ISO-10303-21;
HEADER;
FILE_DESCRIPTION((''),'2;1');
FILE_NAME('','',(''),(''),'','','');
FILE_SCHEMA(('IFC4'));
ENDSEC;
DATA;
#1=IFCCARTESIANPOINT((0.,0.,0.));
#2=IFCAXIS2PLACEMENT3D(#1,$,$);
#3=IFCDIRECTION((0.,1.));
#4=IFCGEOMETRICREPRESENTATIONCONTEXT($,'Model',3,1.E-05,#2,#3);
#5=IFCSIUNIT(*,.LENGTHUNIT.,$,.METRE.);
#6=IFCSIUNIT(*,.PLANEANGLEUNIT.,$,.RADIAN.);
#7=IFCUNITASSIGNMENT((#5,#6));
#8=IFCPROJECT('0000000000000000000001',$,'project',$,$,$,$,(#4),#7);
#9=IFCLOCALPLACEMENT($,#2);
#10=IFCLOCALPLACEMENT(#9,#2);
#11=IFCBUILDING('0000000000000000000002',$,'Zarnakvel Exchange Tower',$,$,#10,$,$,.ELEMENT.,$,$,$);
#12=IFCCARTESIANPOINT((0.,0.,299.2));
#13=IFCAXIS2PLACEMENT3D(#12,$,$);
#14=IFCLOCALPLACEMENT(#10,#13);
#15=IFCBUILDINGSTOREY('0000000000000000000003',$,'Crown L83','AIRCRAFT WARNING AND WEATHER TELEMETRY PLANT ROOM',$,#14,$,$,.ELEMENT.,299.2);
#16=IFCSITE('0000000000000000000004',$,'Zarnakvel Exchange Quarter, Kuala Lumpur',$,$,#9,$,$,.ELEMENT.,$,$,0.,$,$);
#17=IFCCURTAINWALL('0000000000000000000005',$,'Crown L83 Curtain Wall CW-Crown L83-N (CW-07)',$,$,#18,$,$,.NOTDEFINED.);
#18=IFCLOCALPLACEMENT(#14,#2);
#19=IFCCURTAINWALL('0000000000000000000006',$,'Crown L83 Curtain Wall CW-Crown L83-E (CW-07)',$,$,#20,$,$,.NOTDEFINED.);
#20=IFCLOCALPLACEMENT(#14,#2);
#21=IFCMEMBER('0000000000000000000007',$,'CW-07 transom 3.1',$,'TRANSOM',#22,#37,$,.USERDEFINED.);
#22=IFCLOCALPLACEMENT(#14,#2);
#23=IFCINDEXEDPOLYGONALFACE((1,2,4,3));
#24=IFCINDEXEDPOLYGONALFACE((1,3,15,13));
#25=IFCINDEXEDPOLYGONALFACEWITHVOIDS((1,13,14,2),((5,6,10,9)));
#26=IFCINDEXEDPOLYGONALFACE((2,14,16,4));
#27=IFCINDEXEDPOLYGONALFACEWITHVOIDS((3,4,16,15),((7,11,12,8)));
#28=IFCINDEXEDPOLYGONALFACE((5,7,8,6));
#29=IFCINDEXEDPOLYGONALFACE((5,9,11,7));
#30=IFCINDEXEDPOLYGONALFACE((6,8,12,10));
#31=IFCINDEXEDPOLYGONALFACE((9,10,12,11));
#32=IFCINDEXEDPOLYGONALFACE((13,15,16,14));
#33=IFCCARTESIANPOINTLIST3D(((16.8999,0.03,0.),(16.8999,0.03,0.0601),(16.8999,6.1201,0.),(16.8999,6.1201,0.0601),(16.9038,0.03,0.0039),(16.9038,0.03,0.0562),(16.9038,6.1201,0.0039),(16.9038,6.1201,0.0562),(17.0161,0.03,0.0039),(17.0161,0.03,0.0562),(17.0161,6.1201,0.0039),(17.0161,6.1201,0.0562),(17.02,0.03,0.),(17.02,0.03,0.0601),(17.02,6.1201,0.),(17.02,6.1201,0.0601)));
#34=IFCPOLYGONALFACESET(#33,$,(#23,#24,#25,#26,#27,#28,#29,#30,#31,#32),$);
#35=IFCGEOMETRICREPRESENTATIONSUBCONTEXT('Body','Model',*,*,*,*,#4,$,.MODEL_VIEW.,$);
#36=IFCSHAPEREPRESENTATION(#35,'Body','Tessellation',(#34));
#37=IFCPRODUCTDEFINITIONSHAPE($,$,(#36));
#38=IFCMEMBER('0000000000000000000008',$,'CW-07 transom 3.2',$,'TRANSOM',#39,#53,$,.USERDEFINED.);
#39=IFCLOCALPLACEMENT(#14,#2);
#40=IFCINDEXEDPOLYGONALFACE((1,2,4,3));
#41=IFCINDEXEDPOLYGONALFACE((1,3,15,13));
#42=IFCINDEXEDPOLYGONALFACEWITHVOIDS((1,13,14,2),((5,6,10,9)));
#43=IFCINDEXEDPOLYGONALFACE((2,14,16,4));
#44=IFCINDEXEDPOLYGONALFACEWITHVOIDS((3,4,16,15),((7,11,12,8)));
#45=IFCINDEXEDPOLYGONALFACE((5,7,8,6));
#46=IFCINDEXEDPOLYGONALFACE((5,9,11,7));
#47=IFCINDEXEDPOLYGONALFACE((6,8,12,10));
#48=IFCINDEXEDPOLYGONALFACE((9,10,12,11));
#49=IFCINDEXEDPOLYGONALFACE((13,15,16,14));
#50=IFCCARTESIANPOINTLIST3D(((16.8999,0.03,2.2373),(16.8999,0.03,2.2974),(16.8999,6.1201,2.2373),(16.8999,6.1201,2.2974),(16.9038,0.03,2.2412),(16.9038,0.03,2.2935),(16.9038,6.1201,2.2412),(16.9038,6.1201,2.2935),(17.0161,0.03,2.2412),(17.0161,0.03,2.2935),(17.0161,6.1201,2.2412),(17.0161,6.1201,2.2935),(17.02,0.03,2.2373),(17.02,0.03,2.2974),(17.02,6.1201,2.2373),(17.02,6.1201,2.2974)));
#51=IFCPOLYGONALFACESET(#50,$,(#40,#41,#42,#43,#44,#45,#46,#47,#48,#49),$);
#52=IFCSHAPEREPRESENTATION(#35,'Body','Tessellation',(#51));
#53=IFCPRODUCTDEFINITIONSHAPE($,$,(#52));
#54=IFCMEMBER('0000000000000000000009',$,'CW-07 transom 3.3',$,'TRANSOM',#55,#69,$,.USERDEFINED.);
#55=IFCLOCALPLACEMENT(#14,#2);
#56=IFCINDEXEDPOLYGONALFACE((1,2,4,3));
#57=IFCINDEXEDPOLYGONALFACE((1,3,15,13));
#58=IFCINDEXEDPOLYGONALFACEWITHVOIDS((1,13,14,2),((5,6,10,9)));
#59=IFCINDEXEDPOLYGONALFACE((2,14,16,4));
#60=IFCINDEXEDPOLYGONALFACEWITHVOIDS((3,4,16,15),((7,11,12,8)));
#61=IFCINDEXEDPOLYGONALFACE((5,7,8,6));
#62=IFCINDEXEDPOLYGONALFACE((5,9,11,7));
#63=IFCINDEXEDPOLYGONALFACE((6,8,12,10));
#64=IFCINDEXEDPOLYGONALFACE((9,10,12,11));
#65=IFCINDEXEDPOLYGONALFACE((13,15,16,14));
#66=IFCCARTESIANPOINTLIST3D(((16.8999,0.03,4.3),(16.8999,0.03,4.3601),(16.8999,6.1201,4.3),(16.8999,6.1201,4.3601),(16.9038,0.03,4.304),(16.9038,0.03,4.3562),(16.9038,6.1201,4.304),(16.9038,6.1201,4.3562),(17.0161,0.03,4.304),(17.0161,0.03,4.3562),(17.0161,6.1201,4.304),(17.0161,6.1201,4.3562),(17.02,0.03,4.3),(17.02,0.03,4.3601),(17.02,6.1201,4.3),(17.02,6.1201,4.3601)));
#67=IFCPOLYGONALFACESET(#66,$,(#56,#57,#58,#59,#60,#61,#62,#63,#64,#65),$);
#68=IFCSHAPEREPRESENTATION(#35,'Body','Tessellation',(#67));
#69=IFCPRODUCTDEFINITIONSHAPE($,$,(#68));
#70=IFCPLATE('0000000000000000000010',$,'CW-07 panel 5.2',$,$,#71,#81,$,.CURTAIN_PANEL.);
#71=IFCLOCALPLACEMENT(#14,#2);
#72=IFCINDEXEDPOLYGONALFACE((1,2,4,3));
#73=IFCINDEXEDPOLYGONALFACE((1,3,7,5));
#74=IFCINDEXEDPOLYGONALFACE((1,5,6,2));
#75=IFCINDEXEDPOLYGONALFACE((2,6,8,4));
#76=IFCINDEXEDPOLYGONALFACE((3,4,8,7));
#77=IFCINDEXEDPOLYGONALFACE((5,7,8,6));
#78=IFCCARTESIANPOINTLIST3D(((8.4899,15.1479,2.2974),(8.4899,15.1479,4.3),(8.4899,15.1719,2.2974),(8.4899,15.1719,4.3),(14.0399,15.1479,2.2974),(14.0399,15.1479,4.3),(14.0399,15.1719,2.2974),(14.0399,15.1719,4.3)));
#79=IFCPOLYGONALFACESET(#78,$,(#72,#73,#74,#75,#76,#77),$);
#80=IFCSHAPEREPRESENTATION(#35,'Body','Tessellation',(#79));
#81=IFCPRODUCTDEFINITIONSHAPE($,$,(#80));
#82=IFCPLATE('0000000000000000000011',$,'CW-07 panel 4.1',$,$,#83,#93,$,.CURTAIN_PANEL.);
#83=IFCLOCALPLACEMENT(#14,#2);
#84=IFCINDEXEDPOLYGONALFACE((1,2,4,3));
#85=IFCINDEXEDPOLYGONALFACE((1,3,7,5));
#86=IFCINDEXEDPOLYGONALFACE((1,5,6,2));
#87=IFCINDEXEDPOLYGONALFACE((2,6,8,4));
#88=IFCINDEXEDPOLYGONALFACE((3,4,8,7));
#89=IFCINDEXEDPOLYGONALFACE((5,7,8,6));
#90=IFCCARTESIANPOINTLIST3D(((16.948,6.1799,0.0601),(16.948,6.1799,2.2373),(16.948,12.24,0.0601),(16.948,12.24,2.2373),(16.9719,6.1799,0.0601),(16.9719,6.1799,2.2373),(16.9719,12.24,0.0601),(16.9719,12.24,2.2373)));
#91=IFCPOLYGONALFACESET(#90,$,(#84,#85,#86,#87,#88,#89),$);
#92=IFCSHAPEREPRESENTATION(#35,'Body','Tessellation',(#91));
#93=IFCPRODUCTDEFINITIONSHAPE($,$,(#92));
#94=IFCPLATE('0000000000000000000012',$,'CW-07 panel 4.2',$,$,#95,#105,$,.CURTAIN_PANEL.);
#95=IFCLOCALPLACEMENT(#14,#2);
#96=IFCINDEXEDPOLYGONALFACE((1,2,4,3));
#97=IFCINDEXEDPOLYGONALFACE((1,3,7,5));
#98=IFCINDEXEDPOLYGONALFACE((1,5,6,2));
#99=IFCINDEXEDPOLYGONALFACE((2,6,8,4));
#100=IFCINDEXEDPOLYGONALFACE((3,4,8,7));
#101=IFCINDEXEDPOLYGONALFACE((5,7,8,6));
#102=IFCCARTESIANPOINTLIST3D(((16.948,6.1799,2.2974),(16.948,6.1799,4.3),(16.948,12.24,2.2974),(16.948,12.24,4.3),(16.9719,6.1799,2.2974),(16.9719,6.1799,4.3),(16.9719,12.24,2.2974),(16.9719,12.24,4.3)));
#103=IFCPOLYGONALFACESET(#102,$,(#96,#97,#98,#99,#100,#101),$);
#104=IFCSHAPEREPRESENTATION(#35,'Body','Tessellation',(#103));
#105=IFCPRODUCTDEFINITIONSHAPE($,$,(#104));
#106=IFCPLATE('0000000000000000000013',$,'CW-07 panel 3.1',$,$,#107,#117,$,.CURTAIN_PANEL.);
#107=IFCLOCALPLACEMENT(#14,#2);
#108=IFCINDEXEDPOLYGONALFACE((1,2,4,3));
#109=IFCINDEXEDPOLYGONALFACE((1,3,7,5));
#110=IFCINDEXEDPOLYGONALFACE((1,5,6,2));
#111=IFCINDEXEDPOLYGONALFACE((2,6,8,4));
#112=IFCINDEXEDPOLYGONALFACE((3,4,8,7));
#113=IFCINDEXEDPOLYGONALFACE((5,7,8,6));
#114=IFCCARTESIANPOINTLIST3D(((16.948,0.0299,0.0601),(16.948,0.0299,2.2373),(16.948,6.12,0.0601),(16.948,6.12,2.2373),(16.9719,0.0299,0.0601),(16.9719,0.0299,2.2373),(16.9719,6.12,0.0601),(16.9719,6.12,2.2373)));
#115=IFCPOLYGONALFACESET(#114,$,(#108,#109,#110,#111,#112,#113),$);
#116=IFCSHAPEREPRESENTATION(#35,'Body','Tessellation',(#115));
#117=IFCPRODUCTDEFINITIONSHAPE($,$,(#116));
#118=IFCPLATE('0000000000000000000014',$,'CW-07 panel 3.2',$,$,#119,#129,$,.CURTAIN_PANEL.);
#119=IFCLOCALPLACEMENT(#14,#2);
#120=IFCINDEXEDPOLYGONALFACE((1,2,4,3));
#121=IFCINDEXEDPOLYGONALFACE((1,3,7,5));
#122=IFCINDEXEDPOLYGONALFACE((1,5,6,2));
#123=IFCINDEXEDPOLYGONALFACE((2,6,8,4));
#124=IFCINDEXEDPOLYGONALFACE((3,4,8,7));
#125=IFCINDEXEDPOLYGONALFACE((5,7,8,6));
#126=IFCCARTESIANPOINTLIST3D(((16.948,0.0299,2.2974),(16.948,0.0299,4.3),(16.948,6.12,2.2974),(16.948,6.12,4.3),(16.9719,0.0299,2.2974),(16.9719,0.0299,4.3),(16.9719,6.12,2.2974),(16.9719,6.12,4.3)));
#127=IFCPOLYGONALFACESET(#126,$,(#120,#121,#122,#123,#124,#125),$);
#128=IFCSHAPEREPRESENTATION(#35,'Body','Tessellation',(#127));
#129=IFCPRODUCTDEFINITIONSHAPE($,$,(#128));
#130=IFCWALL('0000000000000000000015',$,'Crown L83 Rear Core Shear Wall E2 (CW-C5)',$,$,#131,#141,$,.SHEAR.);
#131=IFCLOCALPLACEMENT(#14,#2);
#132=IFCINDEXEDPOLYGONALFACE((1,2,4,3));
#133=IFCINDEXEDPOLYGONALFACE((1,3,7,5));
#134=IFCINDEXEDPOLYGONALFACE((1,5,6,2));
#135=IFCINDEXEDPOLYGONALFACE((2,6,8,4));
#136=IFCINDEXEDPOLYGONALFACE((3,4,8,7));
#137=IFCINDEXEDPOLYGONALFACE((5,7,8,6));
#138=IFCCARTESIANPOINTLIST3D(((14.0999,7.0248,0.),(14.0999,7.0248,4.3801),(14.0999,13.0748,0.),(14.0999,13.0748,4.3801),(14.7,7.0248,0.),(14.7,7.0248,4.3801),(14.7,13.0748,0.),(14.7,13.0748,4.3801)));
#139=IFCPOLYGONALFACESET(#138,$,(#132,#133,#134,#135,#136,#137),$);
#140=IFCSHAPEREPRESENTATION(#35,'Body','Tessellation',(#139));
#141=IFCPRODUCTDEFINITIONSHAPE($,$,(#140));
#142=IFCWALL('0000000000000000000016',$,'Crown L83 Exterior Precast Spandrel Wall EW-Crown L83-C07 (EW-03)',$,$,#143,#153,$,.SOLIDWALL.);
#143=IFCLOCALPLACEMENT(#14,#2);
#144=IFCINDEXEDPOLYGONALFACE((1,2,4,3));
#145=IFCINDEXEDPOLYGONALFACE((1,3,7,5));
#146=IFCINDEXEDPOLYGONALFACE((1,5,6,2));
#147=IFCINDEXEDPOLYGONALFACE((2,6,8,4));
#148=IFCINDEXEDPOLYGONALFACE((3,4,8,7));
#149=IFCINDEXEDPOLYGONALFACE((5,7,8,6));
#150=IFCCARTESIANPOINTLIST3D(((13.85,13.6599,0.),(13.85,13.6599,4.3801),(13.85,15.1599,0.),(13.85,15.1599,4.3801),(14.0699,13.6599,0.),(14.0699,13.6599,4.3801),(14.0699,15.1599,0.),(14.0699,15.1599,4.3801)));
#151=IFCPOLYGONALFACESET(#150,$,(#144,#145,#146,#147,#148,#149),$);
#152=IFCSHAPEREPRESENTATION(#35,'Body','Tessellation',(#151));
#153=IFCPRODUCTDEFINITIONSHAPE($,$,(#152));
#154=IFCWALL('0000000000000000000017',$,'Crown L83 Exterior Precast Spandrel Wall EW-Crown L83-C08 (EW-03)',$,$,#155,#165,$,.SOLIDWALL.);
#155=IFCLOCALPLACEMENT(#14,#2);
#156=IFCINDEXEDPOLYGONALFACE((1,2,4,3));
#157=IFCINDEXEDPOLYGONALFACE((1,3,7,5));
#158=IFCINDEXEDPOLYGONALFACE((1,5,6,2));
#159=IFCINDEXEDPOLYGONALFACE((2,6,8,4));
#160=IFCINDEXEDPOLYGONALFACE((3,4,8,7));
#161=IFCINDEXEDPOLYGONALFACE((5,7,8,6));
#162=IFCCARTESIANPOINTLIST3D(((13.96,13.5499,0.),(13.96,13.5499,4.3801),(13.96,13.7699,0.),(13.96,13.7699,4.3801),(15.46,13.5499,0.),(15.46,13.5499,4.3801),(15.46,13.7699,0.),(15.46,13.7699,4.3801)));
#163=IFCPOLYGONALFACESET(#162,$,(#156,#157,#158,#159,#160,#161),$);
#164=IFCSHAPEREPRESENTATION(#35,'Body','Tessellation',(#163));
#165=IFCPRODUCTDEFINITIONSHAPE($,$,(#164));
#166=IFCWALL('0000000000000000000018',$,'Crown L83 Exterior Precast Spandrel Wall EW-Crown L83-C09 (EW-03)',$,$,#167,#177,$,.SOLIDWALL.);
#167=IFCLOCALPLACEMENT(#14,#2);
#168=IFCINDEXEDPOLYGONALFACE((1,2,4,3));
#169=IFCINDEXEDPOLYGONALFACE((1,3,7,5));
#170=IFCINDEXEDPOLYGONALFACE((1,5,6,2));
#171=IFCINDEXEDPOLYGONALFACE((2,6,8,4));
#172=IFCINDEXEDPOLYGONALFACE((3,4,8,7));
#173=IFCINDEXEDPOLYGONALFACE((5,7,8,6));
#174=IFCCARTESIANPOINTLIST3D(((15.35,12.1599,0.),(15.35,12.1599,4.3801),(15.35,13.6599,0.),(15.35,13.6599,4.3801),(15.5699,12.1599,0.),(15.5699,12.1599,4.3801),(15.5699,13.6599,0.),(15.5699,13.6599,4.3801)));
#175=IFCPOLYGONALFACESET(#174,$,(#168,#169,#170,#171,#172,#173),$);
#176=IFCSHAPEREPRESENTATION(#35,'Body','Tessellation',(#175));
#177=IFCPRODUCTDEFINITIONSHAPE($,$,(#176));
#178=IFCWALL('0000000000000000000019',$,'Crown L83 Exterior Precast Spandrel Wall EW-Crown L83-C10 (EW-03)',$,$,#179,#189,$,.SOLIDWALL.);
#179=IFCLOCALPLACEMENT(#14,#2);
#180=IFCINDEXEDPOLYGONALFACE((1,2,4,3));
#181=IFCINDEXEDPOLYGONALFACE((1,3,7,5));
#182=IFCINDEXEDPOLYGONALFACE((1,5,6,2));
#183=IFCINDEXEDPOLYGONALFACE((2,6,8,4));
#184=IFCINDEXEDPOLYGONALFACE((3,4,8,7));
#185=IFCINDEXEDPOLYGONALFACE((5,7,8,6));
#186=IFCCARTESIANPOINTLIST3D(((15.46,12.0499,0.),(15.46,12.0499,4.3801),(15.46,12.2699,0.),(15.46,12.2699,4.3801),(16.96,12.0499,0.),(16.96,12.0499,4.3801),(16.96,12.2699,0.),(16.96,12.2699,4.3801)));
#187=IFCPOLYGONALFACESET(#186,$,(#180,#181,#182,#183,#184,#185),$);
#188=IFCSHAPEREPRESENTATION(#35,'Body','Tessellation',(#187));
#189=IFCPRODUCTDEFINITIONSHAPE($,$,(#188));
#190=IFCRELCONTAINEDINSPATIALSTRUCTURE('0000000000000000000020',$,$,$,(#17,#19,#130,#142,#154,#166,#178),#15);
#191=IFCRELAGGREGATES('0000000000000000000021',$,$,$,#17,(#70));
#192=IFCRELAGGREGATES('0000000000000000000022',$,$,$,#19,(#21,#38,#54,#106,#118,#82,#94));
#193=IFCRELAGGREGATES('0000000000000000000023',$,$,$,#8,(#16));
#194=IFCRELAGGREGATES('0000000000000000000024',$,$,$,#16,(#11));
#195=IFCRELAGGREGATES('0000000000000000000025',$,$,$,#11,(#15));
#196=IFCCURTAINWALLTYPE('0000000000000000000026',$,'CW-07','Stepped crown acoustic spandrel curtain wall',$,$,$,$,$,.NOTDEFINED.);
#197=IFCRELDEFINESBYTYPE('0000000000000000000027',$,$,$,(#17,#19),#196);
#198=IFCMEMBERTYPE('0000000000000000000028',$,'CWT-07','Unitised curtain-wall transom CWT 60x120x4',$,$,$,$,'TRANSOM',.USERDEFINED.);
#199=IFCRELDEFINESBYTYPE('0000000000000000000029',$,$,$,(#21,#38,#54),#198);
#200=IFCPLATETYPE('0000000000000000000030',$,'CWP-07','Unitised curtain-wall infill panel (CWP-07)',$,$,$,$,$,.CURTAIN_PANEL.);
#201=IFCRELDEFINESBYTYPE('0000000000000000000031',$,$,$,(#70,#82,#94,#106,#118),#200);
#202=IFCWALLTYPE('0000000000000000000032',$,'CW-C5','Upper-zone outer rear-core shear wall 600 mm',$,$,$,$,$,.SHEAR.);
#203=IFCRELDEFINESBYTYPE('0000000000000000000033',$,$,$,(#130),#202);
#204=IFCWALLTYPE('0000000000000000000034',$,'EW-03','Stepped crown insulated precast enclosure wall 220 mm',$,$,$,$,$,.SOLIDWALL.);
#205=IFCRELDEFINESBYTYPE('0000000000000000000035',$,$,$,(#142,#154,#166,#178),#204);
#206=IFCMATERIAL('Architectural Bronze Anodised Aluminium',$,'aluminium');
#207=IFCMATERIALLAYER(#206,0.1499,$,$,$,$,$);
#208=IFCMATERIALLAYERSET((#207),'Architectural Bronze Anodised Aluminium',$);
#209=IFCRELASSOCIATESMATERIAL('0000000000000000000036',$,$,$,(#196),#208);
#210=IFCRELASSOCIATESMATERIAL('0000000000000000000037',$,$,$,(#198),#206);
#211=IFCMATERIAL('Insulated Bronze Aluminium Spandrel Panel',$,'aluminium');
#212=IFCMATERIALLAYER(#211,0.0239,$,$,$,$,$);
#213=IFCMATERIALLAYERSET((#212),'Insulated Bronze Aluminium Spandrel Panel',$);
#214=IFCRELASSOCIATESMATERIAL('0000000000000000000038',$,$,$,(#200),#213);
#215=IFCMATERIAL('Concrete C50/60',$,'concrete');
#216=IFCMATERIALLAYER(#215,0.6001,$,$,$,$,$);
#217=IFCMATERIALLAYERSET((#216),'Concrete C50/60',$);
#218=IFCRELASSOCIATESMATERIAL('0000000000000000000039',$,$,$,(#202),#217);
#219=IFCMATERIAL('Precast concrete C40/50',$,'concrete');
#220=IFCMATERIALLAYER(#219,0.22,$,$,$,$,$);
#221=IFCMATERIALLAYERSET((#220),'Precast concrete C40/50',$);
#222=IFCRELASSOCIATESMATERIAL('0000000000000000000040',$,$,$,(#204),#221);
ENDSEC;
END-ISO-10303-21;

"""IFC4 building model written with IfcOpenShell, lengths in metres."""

from ifc_helpers import new_model, si_unit, direction, frame, frame_2d, origin, origin_2d, place, context, subcontext, project, spatial, rectangle, hollow_rectangle, extrude, source, transform, mapped, material, layer, layer_set, material_profile, profile_set, type_object, element, aggregate, save


model = new_model("IFC4")

# Units and contexts
model_context = context("Model", 3, precision=1e-05, world=origin(), true_north=direction((0.0, 1.0)))
body_context = subcontext(model_context, "Body", "Model", "MODEL_VIEW")
ifc_project = project(units=[si_unit("LENGTHUNIT", "METRE"), si_unit("PLANEANGLEUNIT", "RADIAN")], contexts=[model_context])

# Site, building, storey
site_placement = place(None, origin())
site = spatial("IfcSite", under=ifc_project, at=site_placement, Name="Zarnakvel Exchange Quarter, Kuala Lumpur", CompositionType="ELEMENT", RefElevation=0.0)
building_placement = place(site_placement, origin())
building = spatial("IfcBuilding", under=site, at=building_placement, Name="Zarnakvel Exchange Tower", CompositionType="ELEMENT")
storey_placement = place(building_placement, frame((0.0, 0.0, 299.2)))
storey = spatial("IfcBuildingStorey", under=building, at=storey_placement, Name="Crown L83", Description="AIRCRAFT WARNING AND WEATHER TELEMETRY PLANT ROOM", CompositionType="ELEMENT", Elevation=299.2)

# Shared definitions
ifc_material_1 = material(Name="Concrete C50/60", Category="concrete")

# Curtain wall
ifc_material_2 = material(Name="Architectural Bronze Anodised Aluminium", Category="aluminium")
ifc_layer_1 = layer(ifc_material_2, 0.1499)
ifc_layer_set_1 = layer_set([ifc_layer_1], Name="Architectural Bronze Anodised Aluminium")
curtain_wall_type = type_object("IfcCurtainWallType", Name="CW-07", Description="Stepped crown acoustic spandrel curtain wall", PredefinedType="NOTDEFINED", material=ifc_layer_set_1)
curtain_wall_1_placement = place(storey_placement, origin())
curtain_wall_1 = element("IfcCurtainWall", 1, at=curtain_wall_1_placement, inside=storey, type_object=curtain_wall_type, Name="Crown L83 Curtain Wall CW-Crown L83-N (CW-07)", PredefinedType="NOTDEFINED")

# Curtain wall, members
curtain_wall_2_placement = place(storey_placement, origin())
curtain_wall_2 = element("IfcCurtainWall", 2, at=curtain_wall_2_placement, inside=storey, type_object=curtain_wall_type, Name="Crown L83 Curtain Wall CW-Crown L83-E (CW-07)", PredefinedType="NOTDEFINED")
ifc_material_profile_1 = material_profile(ifc_material_2, hollow_rectangle(XDim=0.1201, YDim=0.0601, WallThickness=0.0039, at=origin_2d()))
ifc_profile_set_1 = profile_set([ifc_material_profile_1], Name="Architectural Bronze Anodised Aluminium")
member_type_1 = type_object("IfcMemberType", Name="CWT-07", Description="Unitised curtain-wall transom CWT 60x120x4", ElementType="TRANSOM", PredefinedType="USERDEFINED", material=ifc_profile_set_1)
shared_shape_1 = source(origin(), body_context, "Body", "SweptSolid", [
    extrude(hollow_rectangle(XDim=0.1201, YDim=0.0601, WallThickness=0.0039, at=origin_2d()), origin(), (0.0, 0.0, 1.0), 6.0901),
])
member_1_placement = place(storey_placement, frame((16.96, 0.03, 0.03), z_axis=(0.0, 1.0, 0.0), x_axis=(-1.0, 0.0, 0.0)))
member_1 = element("IfcMember", 3, at=member_1_placement, type_object=member_type_1, Name="CW-07 transom 3.1", ObjectType="TRANSOM", PredefinedType="USERDEFINED", context=body_context, shape_type="MappedRepresentation", body=[
    mapped(shared_shape_1, transform((0.0, 0.0, 0.0), x_axis=(1.0, 0.0, 0.0), y_axis=(0.0, 1.0, 0.0), z_axis=(0.0, 0.0, 1.0), scale=1.0)),
])
member_2_placement = place(storey_placement, frame((16.96, 0.03, 2.2673), z_axis=(0.0, 1.0, 0.0), x_axis=(-1.0, 0.0, 0.0)))
member_2 = element("IfcMember", 4, at=member_2_placement, type_object=member_type_1, Name="CW-07 transom 3.2", ObjectType="TRANSOM", PredefinedType="USERDEFINED", context=body_context, shape_type="MappedRepresentation", body=[
    mapped(shared_shape_1, transform((0.0, 0.0, 0.0), x_axis=(1.0, 0.0, 0.0), y_axis=(0.0, 1.0, 0.0), z_axis=(0.0, 0.0, 1.0), scale=1.0)),
])
member_3_placement = place(storey_placement, frame((16.96, 0.03, 4.3301), z_axis=(0.0, 1.0, 0.0), x_axis=(-1.0, 0.0, 0.0)))
member_3 = element("IfcMember", 5, at=member_3_placement, type_object=member_type_1, Name="CW-07 transom 3.3", ObjectType="TRANSOM", PredefinedType="USERDEFINED", context=body_context, shape_type="MappedRepresentation", body=[
    mapped(shared_shape_1, transform((0.0, 0.0, 0.0), x_axis=(1.0, 0.0, 0.0), y_axis=(0.0, 1.0, 0.0), z_axis=(0.0, 0.0, 1.0), scale=1.0)),
])

# Plates
ifc_material_3 = material(Name="Insulated Bronze Aluminium Spandrel Panel", Category="aluminium")
ifc_layer_2 = layer(ifc_material_3, 0.0239)
ifc_layer_set_2 = layer_set([ifc_layer_2], Name="Insulated Bronze Aluminium Spandrel Panel")
plate_type = type_object("IfcPlateType", Name="CWP-07", Description="Unitised curtain-wall infill panel (CWP-07)", PredefinedType="CURTAIN_PANEL", material=ifc_layer_set_2)
shared_shape_2 = source(origin(), body_context, "Body", "SweptSolid", [
    extrude(rectangle(XDim=5.55, YDim=0.0239, at=origin_2d()), origin(), (0.0, 0.0, 1.0), 2.0027),
])
plate_1_placement = place(storey_placement, frame((11.2649, 15.1599, 2.2974), z_axis=(0.0, 0.0, 1.0), x_axis=(1.0, 0.0, 0.0)))
plate_1 = element("IfcPlate", 6, at=plate_1_placement, type_object=plate_type, Name="CW-07 panel 5.2", PredefinedType="CURTAIN_PANEL", context=body_context, shape_type="MappedRepresentation", body=[
    mapped(shared_shape_2, transform((0.0, 0.0, 0.0), x_axis=(1.0, 0.0, 0.0), y_axis=(0.0, 1.0, 0.0), z_axis=(0.0, 0.0, 1.0), scale=1.0)),
])
aggregate(curtain_wall_1, [plate_1])
shared_shape_3 = source(origin(), body_context, "Body", "SweptSolid", [
    extrude(rectangle(XDim=6.0601, YDim=0.0239, at=origin_2d()), origin(), (0.0, 0.0, 1.0), 2.1772),
])
plate_2_placement = place(storey_placement, frame((16.96, 9.21, 0.0601), z_axis=(0.0, 0.0, 1.0), x_axis=(0.0, 1.0, 0.0)))
plate_2 = element("IfcPlate", 7, at=plate_2_placement, type_object=plate_type, Name="CW-07 panel 4.1", PredefinedType="CURTAIN_PANEL", context=body_context, shape_type="MappedRepresentation", body=[
    mapped(shared_shape_3, transform((0.0, 0.0, 0.0), x_axis=(1.0, 0.0, 0.0), y_axis=(0.0, 1.0, 0.0), z_axis=(0.0, 0.0, 1.0), scale=1.0)),
])
shared_shape_4 = source(origin(), body_context, "Body", "SweptSolid", [
    extrude(rectangle(XDim=6.0601, YDim=0.0239, at=origin_2d()), origin(), (0.0, 0.0, 1.0), 2.0027),
])
plate_3_placement = place(storey_placement, frame((16.96, 9.21, 2.2974), z_axis=(0.0, 0.0, 1.0), x_axis=(0.0, 1.0, 0.0)))
plate_3 = element("IfcPlate", 8, at=plate_3_placement, type_object=plate_type, Name="CW-07 panel 4.2", PredefinedType="CURTAIN_PANEL", context=body_context, shape_type="MappedRepresentation", body=[
    mapped(shared_shape_4, transform((0.0, 0.0, 0.0), x_axis=(1.0, 0.0, 0.0), y_axis=(0.0, 1.0, 0.0), z_axis=(0.0, 0.0, 1.0), scale=1.0)),
])
shared_shape_5 = source(origin(), body_context, "Body", "SweptSolid", [
    extrude(rectangle(XDim=6.0901, YDim=0.0239, at=origin_2d()), origin(), (0.0, 0.0, 1.0), 2.1772),
])
plate_4_placement = place(storey_placement, frame((16.96, 3.075, 0.0601), z_axis=(0.0, 0.0, 1.0), x_axis=(0.0, 1.0, 0.0)))
plate_4 = element("IfcPlate", 9, at=plate_4_placement, type_object=plate_type, Name="CW-07 panel 3.1", PredefinedType="CURTAIN_PANEL", context=body_context, shape_type="MappedRepresentation", body=[
    mapped(shared_shape_5, transform((0.0, 0.0, 0.0), x_axis=(1.0, 0.0, 0.0), y_axis=(0.0, 1.0, 0.0), z_axis=(0.0, 0.0, 1.0), scale=1.0)),
])
shared_shape_6 = source(origin(), body_context, "Body", "SweptSolid", [
    extrude(rectangle(XDim=6.0901, YDim=0.0239, at=origin_2d()), origin(), (0.0, 0.0, 1.0), 2.0027),
])
plate_5_placement = place(storey_placement, frame((16.96, 3.075, 2.2974), z_axis=(0.0, 0.0, 1.0), x_axis=(0.0, 1.0, 0.0)))
plate_5 = element("IfcPlate", 10, at=plate_5_placement, type_object=plate_type, Name="CW-07 panel 3.2", PredefinedType="CURTAIN_PANEL", context=body_context, shape_type="MappedRepresentation", body=[
    mapped(shared_shape_6, transform((0.0, 0.0, 0.0), x_axis=(1.0, 0.0, 0.0), y_axis=(0.0, 1.0, 0.0), z_axis=(0.0, 0.0, 1.0), scale=1.0)),
])
aggregate(curtain_wall_2, [member_1, member_2, member_3, plate_4, plate_5, plate_2, plate_3])

# Walls
ifc_layer_3 = layer(ifc_material_1, 0.6001)
ifc_layer_set_3 = layer_set([ifc_layer_3], Name="Concrete C50/60")
wall_type_1 = type_object("IfcWallType", Name="CW-C5", Description="Upper-zone outer rear-core shear wall 600 mm", PredefinedType="SHEAR", material=ifc_layer_set_3)
wall_1_placement = place(storey_placement, frame((14.3999, 7.0249, 0.0), z_axis=(0.0, 0.0, 1.0), x_axis=(0.0, 1.0, 0.0)))
element("IfcWall", 11, at=wall_1_placement, inside=storey, type_object=wall_type_1, Name="Crown L83 Rear Core Shear Wall E2 (CW-C5)", PredefinedType="SHEAR", context=body_context, shape_type="SweptSolid", body=[
    extrude(rectangle(XDim=6.05, YDim=0.6001, at=frame_2d((3.0249, 0.0))), origin(), (0.0, 0.0, 1.0), 4.3801),
])
ifc_material_4 = material(Name="Precast concrete C40/50", Category="concrete")
ifc_layer_4 = layer(ifc_material_4, 0.22)
ifc_layer_set_4 = layer_set([ifc_layer_4], Name="Precast concrete C40/50")
wall_type_2 = type_object("IfcWallType", Name="EW-03", Description="Stepped crown insulated precast enclosure wall 220 mm", PredefinedType="SOLIDWALL", material=ifc_layer_set_4)
for number, where, z_axis, x_axis, name in (
    (12, (13.96, 13.6599, 0.0), (0.0, 0.0, 1.0), (0.0, 1.0, 0.0), "Crown L83 Exterior Precast Spandrel Wall EW-Crown L83-C07 (EW-03)"),
    (13, (15.46, 13.6599, 0.0), (0.0, 0.0, 1.0), (-1.0, 0.0, 0.0), "Crown L83 Exterior Precast Spandrel Wall EW-Crown L83-C08 (EW-03)"),
    (14, (15.46, 12.1599, 0.0), (0.0, 0.0, 1.0), (0.0, 1.0, 0.0), "Crown L83 Exterior Precast Spandrel Wall EW-Crown L83-C09 (EW-03)"),
    (15, (16.96, 12.1599, 0.0), (0.0, 0.0, 1.0), (-1.0, 0.0, 0.0), "Crown L83 Exterior Precast Spandrel Wall EW-Crown L83-C10 (EW-03)"),
):
    element("IfcWall", number, at=place(storey_placement, frame(where, z_axis=z_axis, x_axis=x_axis)), inside=storey, type_object=wall_type_2, Name=name, PredefinedType="SOLIDWALL", context=body_context, shape_type="SweptSolid", body=[
        extrude(rectangle(XDim=1.5, YDim=0.22, at=frame_2d((0.75, 0.0))), origin(), (0.0, 0.0, 1.0), 4.3801),
    ])

save(model, "model.ifc")
